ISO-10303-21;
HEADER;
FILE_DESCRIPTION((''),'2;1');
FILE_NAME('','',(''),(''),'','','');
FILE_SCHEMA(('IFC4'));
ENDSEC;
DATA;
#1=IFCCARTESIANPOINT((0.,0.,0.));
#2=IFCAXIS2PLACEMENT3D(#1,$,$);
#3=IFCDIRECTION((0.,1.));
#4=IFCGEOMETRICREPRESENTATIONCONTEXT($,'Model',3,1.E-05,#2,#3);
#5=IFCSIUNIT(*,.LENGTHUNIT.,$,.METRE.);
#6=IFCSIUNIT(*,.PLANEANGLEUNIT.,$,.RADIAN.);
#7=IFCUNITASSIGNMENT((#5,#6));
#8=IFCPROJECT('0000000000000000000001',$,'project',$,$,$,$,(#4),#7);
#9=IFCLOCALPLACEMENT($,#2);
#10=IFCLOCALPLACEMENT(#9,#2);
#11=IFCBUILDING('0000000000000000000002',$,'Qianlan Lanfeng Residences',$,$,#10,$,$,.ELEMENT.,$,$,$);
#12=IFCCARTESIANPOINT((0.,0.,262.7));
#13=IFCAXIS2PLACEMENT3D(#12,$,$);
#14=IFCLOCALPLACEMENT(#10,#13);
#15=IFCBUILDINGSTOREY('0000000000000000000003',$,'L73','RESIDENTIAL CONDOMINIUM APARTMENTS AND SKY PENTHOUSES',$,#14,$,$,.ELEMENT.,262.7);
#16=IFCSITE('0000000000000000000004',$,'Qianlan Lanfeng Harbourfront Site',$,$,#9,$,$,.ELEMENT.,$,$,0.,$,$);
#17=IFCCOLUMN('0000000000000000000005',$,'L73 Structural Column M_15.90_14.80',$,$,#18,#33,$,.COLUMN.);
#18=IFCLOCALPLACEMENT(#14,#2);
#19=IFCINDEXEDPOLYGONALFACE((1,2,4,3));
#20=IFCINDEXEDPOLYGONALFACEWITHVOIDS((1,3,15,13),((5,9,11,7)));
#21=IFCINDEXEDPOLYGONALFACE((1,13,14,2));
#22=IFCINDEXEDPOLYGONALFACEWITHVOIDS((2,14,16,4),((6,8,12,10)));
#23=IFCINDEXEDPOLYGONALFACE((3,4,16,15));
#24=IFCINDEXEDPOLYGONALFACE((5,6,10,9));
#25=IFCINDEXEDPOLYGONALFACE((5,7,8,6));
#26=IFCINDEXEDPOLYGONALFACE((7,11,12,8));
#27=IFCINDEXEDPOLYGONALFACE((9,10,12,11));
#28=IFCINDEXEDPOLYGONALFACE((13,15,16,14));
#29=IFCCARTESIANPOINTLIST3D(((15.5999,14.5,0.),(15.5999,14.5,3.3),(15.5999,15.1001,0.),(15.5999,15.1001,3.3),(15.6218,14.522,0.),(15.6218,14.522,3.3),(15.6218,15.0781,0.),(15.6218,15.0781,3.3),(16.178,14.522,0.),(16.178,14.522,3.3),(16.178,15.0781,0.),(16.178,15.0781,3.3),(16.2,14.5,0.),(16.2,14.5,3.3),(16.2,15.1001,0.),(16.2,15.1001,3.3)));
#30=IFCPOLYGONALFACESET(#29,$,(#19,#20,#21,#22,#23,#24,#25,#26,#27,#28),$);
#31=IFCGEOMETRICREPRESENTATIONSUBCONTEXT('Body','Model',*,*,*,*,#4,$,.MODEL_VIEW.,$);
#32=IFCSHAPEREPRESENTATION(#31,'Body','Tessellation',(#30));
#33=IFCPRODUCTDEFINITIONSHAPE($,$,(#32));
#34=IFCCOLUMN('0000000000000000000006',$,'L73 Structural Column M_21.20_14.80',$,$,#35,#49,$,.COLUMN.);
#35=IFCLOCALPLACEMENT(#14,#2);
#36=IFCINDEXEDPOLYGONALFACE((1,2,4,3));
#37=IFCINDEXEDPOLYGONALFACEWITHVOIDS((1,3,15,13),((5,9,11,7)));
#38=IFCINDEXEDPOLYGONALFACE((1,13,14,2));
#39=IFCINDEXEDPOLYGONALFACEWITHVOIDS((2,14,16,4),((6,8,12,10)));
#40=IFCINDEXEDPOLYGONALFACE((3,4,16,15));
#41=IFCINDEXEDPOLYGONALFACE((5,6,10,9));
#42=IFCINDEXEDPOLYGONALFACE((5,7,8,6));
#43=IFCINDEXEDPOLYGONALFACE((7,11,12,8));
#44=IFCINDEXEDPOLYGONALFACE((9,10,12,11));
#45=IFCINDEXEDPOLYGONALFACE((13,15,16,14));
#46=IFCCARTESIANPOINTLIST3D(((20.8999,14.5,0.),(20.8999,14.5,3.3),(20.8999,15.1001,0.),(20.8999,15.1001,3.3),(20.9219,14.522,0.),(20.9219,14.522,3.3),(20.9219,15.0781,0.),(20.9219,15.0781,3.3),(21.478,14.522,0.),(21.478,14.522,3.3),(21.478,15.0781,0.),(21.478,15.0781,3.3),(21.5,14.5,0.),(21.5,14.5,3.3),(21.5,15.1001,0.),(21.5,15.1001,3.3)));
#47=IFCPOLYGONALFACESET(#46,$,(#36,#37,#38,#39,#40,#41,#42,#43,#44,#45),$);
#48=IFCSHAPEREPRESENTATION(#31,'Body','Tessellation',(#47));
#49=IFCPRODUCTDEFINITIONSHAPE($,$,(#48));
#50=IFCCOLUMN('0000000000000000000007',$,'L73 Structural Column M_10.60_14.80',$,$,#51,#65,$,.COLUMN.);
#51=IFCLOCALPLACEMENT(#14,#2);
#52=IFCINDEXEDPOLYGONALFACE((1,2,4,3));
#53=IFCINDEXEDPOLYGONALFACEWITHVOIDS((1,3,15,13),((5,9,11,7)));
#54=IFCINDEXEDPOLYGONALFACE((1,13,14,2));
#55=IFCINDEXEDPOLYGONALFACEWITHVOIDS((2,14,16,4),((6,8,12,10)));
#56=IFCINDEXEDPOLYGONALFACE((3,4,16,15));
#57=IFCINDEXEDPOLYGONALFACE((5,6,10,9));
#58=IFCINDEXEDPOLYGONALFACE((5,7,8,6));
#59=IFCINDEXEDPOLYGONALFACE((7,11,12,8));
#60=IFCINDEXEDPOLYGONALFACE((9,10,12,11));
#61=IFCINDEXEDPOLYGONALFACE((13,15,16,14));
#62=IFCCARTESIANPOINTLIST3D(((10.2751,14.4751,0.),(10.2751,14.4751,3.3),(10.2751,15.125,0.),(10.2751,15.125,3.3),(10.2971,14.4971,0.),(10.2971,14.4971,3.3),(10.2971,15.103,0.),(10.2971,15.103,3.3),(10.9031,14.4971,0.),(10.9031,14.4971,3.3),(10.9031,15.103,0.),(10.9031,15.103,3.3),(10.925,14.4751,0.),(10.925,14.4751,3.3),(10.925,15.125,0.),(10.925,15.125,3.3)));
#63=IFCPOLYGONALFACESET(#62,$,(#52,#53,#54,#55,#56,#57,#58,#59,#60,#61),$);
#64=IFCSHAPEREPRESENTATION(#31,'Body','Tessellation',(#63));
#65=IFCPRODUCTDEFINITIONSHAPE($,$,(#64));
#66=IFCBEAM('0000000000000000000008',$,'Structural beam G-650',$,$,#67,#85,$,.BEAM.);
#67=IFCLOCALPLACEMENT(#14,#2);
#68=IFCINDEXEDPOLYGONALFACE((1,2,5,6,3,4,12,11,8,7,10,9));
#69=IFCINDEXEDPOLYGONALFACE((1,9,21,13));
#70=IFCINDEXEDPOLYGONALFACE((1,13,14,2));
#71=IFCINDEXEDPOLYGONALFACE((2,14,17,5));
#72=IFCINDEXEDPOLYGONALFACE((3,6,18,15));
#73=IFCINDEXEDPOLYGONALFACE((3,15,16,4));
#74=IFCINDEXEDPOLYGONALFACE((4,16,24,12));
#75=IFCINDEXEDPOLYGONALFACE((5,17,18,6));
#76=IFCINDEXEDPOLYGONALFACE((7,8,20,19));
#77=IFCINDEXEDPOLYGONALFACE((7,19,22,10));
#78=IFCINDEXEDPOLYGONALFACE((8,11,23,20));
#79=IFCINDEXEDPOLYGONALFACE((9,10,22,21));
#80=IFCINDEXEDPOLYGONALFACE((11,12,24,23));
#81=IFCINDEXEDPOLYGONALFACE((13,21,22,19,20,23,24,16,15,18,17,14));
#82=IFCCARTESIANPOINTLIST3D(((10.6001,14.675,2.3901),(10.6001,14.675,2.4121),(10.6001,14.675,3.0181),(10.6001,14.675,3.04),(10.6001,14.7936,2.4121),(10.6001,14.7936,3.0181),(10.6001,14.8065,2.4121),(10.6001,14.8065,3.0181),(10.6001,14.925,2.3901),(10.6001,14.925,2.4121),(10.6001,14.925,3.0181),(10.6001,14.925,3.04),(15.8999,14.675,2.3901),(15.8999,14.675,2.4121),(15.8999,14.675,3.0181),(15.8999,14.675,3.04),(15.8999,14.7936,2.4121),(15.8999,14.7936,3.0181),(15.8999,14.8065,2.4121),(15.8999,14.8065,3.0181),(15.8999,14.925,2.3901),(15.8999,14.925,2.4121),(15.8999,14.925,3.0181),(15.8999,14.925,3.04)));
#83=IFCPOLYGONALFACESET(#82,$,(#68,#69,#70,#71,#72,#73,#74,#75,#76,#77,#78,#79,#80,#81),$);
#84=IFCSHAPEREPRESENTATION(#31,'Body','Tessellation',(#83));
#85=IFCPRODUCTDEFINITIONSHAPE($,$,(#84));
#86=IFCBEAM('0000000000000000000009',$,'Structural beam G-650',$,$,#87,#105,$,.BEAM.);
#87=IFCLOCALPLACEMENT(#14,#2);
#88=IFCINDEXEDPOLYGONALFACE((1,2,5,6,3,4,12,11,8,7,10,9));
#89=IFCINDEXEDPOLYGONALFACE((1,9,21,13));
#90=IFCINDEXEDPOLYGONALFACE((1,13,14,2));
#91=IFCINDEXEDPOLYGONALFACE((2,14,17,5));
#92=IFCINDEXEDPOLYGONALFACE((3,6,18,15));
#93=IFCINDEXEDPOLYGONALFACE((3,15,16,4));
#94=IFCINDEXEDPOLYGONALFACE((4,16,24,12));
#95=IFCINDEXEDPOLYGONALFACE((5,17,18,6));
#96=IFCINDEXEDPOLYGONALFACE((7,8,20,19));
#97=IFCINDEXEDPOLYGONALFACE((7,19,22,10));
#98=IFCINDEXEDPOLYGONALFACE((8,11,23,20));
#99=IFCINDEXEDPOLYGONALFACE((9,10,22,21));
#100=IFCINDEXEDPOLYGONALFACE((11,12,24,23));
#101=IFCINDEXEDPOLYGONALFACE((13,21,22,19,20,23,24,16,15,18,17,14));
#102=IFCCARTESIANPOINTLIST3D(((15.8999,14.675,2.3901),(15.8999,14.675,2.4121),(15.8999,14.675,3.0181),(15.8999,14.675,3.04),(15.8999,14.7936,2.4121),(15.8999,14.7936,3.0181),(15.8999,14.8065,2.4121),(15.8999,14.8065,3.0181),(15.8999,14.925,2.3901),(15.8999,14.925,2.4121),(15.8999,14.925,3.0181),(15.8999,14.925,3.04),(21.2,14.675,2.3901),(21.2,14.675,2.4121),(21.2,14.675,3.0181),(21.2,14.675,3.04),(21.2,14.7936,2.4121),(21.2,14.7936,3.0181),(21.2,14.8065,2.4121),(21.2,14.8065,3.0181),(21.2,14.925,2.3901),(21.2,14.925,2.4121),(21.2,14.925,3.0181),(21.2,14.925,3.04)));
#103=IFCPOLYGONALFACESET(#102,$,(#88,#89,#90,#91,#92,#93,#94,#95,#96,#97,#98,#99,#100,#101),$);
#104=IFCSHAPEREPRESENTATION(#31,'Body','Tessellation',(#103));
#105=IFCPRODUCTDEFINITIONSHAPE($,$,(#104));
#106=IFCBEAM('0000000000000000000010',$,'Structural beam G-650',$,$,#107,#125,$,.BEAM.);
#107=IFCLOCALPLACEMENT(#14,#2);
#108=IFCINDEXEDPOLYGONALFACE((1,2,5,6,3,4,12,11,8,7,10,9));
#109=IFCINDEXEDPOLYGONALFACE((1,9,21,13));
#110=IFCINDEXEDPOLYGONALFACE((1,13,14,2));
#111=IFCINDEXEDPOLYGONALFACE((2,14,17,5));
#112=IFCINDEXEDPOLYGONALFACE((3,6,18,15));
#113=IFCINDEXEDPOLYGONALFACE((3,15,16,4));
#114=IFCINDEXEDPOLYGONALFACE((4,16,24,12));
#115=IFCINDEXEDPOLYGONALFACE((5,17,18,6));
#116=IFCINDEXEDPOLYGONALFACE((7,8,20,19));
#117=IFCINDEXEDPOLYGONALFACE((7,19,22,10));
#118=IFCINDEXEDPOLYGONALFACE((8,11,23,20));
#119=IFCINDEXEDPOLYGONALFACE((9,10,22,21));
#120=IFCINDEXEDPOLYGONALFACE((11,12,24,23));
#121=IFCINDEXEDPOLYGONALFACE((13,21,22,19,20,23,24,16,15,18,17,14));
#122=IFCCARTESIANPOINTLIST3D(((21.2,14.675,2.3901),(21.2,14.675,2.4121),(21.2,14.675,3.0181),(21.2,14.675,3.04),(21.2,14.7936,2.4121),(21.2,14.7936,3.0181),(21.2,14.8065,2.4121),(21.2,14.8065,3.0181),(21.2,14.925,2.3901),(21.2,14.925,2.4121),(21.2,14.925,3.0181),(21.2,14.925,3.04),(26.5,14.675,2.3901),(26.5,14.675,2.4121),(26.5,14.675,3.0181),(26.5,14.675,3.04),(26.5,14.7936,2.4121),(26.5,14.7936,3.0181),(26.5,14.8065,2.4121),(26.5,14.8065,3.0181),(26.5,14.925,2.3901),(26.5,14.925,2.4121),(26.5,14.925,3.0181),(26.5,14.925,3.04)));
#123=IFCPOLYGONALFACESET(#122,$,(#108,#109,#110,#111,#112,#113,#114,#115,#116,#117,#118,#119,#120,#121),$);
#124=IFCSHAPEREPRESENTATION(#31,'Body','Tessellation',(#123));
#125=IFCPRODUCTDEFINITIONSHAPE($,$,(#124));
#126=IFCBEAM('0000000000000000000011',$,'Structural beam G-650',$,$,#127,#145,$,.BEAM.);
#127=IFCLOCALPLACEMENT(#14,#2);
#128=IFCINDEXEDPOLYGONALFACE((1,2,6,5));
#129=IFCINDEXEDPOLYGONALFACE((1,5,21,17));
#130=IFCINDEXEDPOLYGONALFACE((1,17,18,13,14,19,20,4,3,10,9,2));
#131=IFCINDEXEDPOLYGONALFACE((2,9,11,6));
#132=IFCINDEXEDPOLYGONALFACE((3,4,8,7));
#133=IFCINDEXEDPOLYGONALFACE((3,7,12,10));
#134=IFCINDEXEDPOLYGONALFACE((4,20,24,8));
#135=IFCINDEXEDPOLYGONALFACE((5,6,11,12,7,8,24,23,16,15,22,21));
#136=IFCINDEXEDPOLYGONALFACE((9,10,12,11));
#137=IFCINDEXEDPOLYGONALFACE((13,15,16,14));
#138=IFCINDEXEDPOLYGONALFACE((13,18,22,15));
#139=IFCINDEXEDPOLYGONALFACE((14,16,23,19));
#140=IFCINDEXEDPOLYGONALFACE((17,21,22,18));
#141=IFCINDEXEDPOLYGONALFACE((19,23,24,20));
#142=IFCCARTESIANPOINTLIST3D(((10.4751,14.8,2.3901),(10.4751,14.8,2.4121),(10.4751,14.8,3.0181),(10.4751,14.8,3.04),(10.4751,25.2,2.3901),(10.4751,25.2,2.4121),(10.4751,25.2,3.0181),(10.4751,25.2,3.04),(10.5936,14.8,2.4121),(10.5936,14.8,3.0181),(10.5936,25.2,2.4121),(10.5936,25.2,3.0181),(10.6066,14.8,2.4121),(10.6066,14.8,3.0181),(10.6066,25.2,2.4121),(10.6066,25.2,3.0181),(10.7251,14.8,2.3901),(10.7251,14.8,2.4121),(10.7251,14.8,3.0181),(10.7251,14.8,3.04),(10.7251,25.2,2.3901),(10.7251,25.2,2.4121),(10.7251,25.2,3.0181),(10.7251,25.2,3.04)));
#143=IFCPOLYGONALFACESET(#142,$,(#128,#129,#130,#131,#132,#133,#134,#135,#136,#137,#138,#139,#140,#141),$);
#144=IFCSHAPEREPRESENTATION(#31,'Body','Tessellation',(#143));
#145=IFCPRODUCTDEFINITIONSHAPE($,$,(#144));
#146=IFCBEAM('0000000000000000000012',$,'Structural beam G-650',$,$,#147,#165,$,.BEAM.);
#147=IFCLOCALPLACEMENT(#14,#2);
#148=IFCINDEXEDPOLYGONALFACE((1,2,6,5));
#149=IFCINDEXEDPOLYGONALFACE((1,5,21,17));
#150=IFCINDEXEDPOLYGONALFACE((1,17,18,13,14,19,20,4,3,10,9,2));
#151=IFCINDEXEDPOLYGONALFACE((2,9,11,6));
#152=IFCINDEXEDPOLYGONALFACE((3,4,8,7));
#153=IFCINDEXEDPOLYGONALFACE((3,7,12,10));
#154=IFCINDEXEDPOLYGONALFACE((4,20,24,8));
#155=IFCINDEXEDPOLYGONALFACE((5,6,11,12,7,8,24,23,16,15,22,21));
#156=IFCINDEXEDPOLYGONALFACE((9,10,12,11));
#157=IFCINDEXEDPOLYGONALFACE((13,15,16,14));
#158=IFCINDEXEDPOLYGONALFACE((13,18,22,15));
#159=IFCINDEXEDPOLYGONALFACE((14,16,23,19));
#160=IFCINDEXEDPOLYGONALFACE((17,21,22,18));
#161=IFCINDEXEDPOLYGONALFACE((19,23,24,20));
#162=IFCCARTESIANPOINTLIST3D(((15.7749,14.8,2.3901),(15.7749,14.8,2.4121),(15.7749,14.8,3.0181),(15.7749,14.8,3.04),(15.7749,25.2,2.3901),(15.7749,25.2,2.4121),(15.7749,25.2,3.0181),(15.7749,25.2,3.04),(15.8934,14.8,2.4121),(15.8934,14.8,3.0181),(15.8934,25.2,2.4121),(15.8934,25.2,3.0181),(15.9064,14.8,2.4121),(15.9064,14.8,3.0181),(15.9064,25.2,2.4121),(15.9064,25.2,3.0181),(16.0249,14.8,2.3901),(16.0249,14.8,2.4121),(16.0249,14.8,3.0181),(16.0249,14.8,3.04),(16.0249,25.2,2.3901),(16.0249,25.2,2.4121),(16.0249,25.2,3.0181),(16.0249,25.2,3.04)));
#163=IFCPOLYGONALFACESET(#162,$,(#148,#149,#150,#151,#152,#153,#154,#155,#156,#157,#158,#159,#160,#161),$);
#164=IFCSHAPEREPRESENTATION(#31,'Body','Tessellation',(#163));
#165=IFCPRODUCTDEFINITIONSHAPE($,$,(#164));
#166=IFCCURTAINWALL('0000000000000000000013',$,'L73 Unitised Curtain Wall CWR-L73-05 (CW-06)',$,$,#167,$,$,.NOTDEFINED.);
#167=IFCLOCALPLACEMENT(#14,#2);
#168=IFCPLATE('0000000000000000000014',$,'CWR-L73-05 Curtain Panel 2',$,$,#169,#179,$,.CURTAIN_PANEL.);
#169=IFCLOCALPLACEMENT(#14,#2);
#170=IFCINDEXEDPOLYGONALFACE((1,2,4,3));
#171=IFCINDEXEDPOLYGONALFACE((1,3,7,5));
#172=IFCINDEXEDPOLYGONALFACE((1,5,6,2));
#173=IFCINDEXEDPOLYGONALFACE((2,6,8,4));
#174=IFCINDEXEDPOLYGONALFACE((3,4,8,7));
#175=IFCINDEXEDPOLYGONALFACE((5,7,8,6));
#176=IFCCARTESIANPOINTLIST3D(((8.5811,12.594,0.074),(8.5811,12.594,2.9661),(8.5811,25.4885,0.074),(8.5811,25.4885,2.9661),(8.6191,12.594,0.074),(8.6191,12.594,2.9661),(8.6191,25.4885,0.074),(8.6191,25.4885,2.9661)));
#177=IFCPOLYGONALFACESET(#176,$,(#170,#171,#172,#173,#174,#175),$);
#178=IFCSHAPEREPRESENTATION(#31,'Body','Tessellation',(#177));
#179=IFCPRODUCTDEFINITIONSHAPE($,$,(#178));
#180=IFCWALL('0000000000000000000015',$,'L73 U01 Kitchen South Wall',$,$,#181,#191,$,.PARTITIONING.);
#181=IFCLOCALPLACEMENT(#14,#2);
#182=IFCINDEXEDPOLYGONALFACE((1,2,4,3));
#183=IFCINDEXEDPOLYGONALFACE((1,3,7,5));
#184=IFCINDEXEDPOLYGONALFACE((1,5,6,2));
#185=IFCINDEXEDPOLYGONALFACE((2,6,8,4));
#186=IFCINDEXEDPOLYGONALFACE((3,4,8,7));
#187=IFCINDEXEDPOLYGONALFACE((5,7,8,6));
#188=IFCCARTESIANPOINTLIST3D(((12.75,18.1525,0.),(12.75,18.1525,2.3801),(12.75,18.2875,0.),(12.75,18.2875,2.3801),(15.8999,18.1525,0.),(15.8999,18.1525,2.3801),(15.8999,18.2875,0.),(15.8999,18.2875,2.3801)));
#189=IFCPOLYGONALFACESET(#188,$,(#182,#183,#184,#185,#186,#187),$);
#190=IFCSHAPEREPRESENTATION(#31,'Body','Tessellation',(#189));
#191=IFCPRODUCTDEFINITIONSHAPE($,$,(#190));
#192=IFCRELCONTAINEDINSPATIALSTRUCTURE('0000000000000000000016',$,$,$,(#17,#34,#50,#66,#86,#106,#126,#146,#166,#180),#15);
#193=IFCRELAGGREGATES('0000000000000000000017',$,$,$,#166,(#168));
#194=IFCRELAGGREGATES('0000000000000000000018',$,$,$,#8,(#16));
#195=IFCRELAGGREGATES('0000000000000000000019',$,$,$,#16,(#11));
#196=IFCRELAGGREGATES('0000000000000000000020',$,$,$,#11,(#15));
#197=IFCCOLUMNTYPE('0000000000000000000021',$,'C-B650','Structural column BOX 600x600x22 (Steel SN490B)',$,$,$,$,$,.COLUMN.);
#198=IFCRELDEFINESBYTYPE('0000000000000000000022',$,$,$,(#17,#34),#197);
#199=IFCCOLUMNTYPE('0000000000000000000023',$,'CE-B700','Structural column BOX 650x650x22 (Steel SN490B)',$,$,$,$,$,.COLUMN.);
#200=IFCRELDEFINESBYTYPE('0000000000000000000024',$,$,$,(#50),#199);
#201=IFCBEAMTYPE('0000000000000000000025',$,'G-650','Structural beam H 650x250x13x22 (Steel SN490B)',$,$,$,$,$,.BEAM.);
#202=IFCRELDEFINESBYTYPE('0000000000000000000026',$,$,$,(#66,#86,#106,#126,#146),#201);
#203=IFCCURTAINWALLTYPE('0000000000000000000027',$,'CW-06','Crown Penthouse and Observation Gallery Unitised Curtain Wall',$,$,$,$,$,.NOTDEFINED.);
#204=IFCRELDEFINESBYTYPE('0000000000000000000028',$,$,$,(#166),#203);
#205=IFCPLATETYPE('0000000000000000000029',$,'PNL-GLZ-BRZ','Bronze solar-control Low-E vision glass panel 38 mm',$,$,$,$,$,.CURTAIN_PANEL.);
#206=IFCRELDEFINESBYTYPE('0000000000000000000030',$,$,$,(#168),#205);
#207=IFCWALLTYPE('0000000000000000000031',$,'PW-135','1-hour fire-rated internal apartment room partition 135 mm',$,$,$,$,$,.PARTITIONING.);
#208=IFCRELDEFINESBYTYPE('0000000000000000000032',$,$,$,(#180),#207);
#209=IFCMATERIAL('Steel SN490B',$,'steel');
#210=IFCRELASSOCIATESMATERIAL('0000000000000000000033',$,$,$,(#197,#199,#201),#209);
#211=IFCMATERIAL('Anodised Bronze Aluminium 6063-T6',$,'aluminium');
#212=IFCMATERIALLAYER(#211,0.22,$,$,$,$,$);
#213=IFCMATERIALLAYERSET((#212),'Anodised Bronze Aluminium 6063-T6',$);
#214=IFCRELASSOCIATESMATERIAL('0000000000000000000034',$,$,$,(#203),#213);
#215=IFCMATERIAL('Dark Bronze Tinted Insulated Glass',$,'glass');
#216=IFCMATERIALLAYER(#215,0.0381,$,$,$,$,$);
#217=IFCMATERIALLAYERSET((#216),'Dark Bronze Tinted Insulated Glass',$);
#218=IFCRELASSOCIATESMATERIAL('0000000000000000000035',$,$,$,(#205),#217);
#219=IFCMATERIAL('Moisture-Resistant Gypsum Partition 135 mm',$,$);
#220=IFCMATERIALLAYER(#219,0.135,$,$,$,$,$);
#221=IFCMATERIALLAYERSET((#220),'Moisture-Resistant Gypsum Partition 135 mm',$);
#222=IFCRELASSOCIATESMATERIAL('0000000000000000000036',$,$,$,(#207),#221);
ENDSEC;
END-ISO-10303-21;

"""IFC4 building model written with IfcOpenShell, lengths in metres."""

from ifc_helpers import new_model, si_unit, direction, frame, frame_2d, origin, origin_2d, place, context, subcontext, project, spatial, rectangle, hollow_rectangle, i_section, extrude, source, transform, mapped, material, layer, layer_set, material_profile, profile_set, type_object, element, aggregate, save


model = new_model("IFC4")

# Units and contexts
model_context = context("Model", 3, precision=1e-05, world=origin(), true_north=direction((0.0, 1.0)))
body_context = subcontext(model_context, "Body", "Model", "MODEL_VIEW")
ifc_project = project(units=[si_unit("LENGTHUNIT", "METRE"), si_unit("PLANEANGLEUNIT", "RADIAN")], contexts=[model_context])

# Site, building, storey
site_placement = place(None, origin())
site = spatial("IfcSite", under=ifc_project, at=site_placement, Name="Qianlan Lanfeng Harbourfront Site", CompositionType="ELEMENT", RefElevation=0.0)
building_placement = place(site_placement, origin())
building = spatial("IfcBuilding", under=site, at=building_placement, Name="Qianlan Lanfeng Residences", CompositionType="ELEMENT")
storey_placement = place(building_placement, frame((0.0, 0.0, 262.7)))
storey = spatial("IfcBuildingStorey", under=building, at=storey_placement, Name="L73", Description="RESIDENTIAL CONDOMINIUM APARTMENTS AND SKY PENTHOUSES", CompositionType="ELEMENT", Elevation=262.7)

# Columns
ifc_material_1 = material(Name="Steel SN490B", Category="steel")
ifc_material_profile_1 = material_profile(ifc_material_1, hollow_rectangle(XDim=0.6001, YDim=0.6001, WallThickness=0.022, at=origin_2d()), Name="BOX 600x600x22")
ifc_profile_set_1 = profile_set([ifc_material_profile_1], Name="Steel SN490B")
column_type_1 = type_object("IfcColumnType", Name="C-B650", Description="Structural column BOX 600x600x22 (Steel SN490B)", PredefinedType="COLUMN", material=ifc_profile_set_1)
for number, where, z_axis, x_axis, name in (
    (1, (15.8999, 14.8, 0.0), (0.0, 0.0, 1.0), (1.0, 0.0, 0.0), "L73 Structural Column M_15.90_14.80"),
    (2, (21.2, 14.8, 0.0), (0.0, 0.0, 1.0), (1.0, 0.0, 0.0), "L73 Structural Column M_21.20_14.80"),
):
    element("IfcColumn", number, at=place(storey_placement, frame(where, z_axis=z_axis, x_axis=x_axis)), inside=storey, type_object=column_type_1, Name=name, PredefinedType="COLUMN", context=body_context, shape_type="SweptSolid", body=[
        extrude(hollow_rectangle(XDim=0.6001, YDim=0.6001, WallThickness=0.022, at=origin_2d()), origin(), (0.0, 0.0, 1.0), 3.3),
    ])
ifc_material_profile_2 = material_profile(ifc_material_1, hollow_rectangle(XDim=0.6499, YDim=0.6499, WallThickness=0.022, at=origin_2d()), Name="BOX 650x650x22")
ifc_profile_set_2 = profile_set([ifc_material_profile_2], Name="Steel SN490B")
column_type_2 = type_object("IfcColumnType", Name="CE-B700", Description="Structural column BOX 650x650x22 (Steel SN490B)", PredefinedType="COLUMN", material=ifc_profile_set_2)
column_placement = place(storey_placement, frame((10.6001, 14.8, 0.0), z_axis=(0.0, 0.0, 1.0), x_axis=(1.0, 0.0, 0.0)))
element("IfcColumn", 3, at=column_placement, inside=storey, type_object=column_type_2, Name="L73 Structural Column M_10.60_14.80", PredefinedType="COLUMN", context=body_context, shape_type="SweptSolid", body=[
    extrude(hollow_rectangle(XDim=0.6499, YDim=0.6499, WallThickness=0.022, at=origin_2d()), origin(), (0.0, 0.0, 1.0), 3.3),
])

# Beams
ifc_material_profile_3 = material_profile(ifc_material_1, i_section(OverallWidth=0.25, OverallDepth=0.6499, WebThickness=0.0129, FlangeThickness=0.022, at=origin_2d()), Name="H 650x250x13x22")
ifc_profile_set_3 = profile_set([ifc_material_profile_3], Name="Steel SN490B")
beam_type = type_object("IfcBeamType", Name="G-650", Description="Structural beam H 650x250x13x22 (Steel SN490B)", PredefinedType="BEAM", material=ifc_profile_set_3)
beam_placement = place(storey_placement, frame((10.6001, 14.8, 2.7151), z_axis=(1.0, 0.0, 0.0), x_axis=(0.0, 1.0, 0.0)))
element("IfcBeam", 4, at=beam_placement, inside=storey, type_object=beam_type, Name="Structural beam G-650", PredefinedType="BEAM", context=body_context, shape_type="SweptSolid", body=[
    extrude(i_section(OverallWidth=0.25, OverallDepth=0.6499, WebThickness=0.0129, FlangeThickness=0.022, at=origin_2d()), origin(), (0.0, 0.0, 1.0), 5.2998),
])
for number, where, z_axis, x_axis, name in (
    (5, (15.8999, 14.8, 2.7151), (1.0, 0.0, 0.0), (0.0, 1.0, 0.0), "Structural beam G-650"),
    (6, (21.2, 14.8, 2.7151), (1.0, 0.0, 0.0), (0.0, 1.0, 0.0), "Structural beam G-650"),
):
    element("IfcBeam", number, at=place(storey_placement, frame(where, z_axis=z_axis, x_axis=x_axis)), inside=storey, type_object=beam_type, Name=name, PredefinedType="BEAM", context=body_context, shape_type="SweptSolid", body=[
        extrude(i_section(OverallWidth=0.25, OverallDepth=0.6499, WebThickness=0.0129, FlangeThickness=0.022, at=origin_2d()), origin(), (0.0, 0.0, 1.0), 5.3),
    ])
for number, where, z_axis, x_axis, name in (
    (7, (10.6001, 14.8, 2.7151), (0.0, 1.0, 0.0), (-1.0, 0.0, 0.0), "Structural beam G-650"),
    (8, (15.8999, 14.8, 2.7151), (0.0, 1.0, 0.0), (-1.0, 0.0, 0.0), "Structural beam G-650"),
):
    element("IfcBeam", number, at=place(storey_placement, frame(where, z_axis=z_axis, x_axis=x_axis)), inside=storey, type_object=beam_type, Name=name, PredefinedType="BEAM", context=body_context, shape_type="SweptSolid", body=[
        extrude(i_section(OverallWidth=0.25, OverallDepth=0.6499, WebThickness=0.0129, FlangeThickness=0.022, at=origin_2d()), origin(), (0.0, 0.0, 1.0), 10.3999),
    ])

# Curtain wall, plate
ifc_material_2 = material(Name="Anodised Bronze Aluminium 6063-T6", Category="aluminium")
ifc_layer_1 = layer(ifc_material_2, 0.22)
ifc_layer_set_1 = layer_set([ifc_layer_1], Name="Anodised Bronze Aluminium 6063-T6")
curtain_wall_type = type_object("IfcCurtainWallType", Name="CW-06", Description="Crown Penthouse and Observation Gallery Unitised Curtain Wall", PredefinedType="NOTDEFINED", material=ifc_layer_set_1)
curtain_wall_placement = place(storey_placement, origin())
curtain_wall = element("IfcCurtainWall", 9, at=curtain_wall_placement, inside=storey, type_object=curtain_wall_type, Name="L73 Unitised Curtain Wall CWR-L73-05 (CW-06)", PredefinedType="NOTDEFINED")
ifc_material_3 = material(Name="Dark Bronze Tinted Insulated Glass", Category="glass")
ifc_layer_2 = layer(ifc_material_3, 0.0381)
ifc_layer_set_2 = layer_set([ifc_layer_2], Name="Dark Bronze Tinted Insulated Glass")
plate_type = type_object("IfcPlateType", Name="PNL-GLZ-BRZ", Description="Bronze solar-control Low-E vision glass panel 38 mm", PredefinedType="CURTAIN_PANEL", material=ifc_layer_set_2)
shared_shape = source(origin(), body_context, "Body", "SweptSolid", [
    extrude(rectangle(XDim=12.8945, YDim=0.0381, at=origin_2d()), origin(), (0.0, 0.0, 1.0), 2.8921),
])
plate_placement = place(storey_placement, frame((8.6001, 19.0413, 0.074), z_axis=(0.0, 0.0, 1.0), x_axis=(0.0, -1.0, 0.0)))
plate = element("IfcPlate", 10, at=plate_placement, type_object=plate_type, Name="CWR-L73-05 Curtain Panel 2", PredefinedType="CURTAIN_PANEL", context=body_context, shape_type="MappedRepresentation", body=[
    mapped(shared_shape, transform((0.0, 0.0, 0.0), scale=1.0)),
])
aggregate(curtain_wall, [plate])

# Shared definitions
ifc_material_4 = material(Name="Moisture-Resistant Gypsum Partition 135 mm")
ifc_layer_3 = layer(ifc_material_4, 0.135)
ifc_layer_set_3 = layer_set([ifc_layer_3], Name="Moisture-Resistant Gypsum Partition 135 mm")
wall_type = type_object("IfcWallType", Name="PW-135", Description="1-hour fire-rated internal apartment room partition 135 mm", PredefinedType="PARTITIONING", material=ifc_layer_set_3)

# Wall
wall_1_placement = place(storey_placement, frame((12.75, 18.22, 0.0), z_axis=(0.0, 0.0, 1.0), x_axis=(1.0, 0.0, 0.0)))
element("IfcWall", 11, at=wall_1_placement, inside=storey, type_object=wall_type, Name="L73 U01 Kitchen South Wall", PredefinedType="PARTITIONING", context=body_context, shape_type="SweptSolid", body=[
    extrude(rectangle(XDim=3.1499, YDim=0.135, at=frame_2d((1.575, 0.0))), origin(), (0.0, 0.0, 1.0), 2.3801),
])

save(model, "model.ifc")
